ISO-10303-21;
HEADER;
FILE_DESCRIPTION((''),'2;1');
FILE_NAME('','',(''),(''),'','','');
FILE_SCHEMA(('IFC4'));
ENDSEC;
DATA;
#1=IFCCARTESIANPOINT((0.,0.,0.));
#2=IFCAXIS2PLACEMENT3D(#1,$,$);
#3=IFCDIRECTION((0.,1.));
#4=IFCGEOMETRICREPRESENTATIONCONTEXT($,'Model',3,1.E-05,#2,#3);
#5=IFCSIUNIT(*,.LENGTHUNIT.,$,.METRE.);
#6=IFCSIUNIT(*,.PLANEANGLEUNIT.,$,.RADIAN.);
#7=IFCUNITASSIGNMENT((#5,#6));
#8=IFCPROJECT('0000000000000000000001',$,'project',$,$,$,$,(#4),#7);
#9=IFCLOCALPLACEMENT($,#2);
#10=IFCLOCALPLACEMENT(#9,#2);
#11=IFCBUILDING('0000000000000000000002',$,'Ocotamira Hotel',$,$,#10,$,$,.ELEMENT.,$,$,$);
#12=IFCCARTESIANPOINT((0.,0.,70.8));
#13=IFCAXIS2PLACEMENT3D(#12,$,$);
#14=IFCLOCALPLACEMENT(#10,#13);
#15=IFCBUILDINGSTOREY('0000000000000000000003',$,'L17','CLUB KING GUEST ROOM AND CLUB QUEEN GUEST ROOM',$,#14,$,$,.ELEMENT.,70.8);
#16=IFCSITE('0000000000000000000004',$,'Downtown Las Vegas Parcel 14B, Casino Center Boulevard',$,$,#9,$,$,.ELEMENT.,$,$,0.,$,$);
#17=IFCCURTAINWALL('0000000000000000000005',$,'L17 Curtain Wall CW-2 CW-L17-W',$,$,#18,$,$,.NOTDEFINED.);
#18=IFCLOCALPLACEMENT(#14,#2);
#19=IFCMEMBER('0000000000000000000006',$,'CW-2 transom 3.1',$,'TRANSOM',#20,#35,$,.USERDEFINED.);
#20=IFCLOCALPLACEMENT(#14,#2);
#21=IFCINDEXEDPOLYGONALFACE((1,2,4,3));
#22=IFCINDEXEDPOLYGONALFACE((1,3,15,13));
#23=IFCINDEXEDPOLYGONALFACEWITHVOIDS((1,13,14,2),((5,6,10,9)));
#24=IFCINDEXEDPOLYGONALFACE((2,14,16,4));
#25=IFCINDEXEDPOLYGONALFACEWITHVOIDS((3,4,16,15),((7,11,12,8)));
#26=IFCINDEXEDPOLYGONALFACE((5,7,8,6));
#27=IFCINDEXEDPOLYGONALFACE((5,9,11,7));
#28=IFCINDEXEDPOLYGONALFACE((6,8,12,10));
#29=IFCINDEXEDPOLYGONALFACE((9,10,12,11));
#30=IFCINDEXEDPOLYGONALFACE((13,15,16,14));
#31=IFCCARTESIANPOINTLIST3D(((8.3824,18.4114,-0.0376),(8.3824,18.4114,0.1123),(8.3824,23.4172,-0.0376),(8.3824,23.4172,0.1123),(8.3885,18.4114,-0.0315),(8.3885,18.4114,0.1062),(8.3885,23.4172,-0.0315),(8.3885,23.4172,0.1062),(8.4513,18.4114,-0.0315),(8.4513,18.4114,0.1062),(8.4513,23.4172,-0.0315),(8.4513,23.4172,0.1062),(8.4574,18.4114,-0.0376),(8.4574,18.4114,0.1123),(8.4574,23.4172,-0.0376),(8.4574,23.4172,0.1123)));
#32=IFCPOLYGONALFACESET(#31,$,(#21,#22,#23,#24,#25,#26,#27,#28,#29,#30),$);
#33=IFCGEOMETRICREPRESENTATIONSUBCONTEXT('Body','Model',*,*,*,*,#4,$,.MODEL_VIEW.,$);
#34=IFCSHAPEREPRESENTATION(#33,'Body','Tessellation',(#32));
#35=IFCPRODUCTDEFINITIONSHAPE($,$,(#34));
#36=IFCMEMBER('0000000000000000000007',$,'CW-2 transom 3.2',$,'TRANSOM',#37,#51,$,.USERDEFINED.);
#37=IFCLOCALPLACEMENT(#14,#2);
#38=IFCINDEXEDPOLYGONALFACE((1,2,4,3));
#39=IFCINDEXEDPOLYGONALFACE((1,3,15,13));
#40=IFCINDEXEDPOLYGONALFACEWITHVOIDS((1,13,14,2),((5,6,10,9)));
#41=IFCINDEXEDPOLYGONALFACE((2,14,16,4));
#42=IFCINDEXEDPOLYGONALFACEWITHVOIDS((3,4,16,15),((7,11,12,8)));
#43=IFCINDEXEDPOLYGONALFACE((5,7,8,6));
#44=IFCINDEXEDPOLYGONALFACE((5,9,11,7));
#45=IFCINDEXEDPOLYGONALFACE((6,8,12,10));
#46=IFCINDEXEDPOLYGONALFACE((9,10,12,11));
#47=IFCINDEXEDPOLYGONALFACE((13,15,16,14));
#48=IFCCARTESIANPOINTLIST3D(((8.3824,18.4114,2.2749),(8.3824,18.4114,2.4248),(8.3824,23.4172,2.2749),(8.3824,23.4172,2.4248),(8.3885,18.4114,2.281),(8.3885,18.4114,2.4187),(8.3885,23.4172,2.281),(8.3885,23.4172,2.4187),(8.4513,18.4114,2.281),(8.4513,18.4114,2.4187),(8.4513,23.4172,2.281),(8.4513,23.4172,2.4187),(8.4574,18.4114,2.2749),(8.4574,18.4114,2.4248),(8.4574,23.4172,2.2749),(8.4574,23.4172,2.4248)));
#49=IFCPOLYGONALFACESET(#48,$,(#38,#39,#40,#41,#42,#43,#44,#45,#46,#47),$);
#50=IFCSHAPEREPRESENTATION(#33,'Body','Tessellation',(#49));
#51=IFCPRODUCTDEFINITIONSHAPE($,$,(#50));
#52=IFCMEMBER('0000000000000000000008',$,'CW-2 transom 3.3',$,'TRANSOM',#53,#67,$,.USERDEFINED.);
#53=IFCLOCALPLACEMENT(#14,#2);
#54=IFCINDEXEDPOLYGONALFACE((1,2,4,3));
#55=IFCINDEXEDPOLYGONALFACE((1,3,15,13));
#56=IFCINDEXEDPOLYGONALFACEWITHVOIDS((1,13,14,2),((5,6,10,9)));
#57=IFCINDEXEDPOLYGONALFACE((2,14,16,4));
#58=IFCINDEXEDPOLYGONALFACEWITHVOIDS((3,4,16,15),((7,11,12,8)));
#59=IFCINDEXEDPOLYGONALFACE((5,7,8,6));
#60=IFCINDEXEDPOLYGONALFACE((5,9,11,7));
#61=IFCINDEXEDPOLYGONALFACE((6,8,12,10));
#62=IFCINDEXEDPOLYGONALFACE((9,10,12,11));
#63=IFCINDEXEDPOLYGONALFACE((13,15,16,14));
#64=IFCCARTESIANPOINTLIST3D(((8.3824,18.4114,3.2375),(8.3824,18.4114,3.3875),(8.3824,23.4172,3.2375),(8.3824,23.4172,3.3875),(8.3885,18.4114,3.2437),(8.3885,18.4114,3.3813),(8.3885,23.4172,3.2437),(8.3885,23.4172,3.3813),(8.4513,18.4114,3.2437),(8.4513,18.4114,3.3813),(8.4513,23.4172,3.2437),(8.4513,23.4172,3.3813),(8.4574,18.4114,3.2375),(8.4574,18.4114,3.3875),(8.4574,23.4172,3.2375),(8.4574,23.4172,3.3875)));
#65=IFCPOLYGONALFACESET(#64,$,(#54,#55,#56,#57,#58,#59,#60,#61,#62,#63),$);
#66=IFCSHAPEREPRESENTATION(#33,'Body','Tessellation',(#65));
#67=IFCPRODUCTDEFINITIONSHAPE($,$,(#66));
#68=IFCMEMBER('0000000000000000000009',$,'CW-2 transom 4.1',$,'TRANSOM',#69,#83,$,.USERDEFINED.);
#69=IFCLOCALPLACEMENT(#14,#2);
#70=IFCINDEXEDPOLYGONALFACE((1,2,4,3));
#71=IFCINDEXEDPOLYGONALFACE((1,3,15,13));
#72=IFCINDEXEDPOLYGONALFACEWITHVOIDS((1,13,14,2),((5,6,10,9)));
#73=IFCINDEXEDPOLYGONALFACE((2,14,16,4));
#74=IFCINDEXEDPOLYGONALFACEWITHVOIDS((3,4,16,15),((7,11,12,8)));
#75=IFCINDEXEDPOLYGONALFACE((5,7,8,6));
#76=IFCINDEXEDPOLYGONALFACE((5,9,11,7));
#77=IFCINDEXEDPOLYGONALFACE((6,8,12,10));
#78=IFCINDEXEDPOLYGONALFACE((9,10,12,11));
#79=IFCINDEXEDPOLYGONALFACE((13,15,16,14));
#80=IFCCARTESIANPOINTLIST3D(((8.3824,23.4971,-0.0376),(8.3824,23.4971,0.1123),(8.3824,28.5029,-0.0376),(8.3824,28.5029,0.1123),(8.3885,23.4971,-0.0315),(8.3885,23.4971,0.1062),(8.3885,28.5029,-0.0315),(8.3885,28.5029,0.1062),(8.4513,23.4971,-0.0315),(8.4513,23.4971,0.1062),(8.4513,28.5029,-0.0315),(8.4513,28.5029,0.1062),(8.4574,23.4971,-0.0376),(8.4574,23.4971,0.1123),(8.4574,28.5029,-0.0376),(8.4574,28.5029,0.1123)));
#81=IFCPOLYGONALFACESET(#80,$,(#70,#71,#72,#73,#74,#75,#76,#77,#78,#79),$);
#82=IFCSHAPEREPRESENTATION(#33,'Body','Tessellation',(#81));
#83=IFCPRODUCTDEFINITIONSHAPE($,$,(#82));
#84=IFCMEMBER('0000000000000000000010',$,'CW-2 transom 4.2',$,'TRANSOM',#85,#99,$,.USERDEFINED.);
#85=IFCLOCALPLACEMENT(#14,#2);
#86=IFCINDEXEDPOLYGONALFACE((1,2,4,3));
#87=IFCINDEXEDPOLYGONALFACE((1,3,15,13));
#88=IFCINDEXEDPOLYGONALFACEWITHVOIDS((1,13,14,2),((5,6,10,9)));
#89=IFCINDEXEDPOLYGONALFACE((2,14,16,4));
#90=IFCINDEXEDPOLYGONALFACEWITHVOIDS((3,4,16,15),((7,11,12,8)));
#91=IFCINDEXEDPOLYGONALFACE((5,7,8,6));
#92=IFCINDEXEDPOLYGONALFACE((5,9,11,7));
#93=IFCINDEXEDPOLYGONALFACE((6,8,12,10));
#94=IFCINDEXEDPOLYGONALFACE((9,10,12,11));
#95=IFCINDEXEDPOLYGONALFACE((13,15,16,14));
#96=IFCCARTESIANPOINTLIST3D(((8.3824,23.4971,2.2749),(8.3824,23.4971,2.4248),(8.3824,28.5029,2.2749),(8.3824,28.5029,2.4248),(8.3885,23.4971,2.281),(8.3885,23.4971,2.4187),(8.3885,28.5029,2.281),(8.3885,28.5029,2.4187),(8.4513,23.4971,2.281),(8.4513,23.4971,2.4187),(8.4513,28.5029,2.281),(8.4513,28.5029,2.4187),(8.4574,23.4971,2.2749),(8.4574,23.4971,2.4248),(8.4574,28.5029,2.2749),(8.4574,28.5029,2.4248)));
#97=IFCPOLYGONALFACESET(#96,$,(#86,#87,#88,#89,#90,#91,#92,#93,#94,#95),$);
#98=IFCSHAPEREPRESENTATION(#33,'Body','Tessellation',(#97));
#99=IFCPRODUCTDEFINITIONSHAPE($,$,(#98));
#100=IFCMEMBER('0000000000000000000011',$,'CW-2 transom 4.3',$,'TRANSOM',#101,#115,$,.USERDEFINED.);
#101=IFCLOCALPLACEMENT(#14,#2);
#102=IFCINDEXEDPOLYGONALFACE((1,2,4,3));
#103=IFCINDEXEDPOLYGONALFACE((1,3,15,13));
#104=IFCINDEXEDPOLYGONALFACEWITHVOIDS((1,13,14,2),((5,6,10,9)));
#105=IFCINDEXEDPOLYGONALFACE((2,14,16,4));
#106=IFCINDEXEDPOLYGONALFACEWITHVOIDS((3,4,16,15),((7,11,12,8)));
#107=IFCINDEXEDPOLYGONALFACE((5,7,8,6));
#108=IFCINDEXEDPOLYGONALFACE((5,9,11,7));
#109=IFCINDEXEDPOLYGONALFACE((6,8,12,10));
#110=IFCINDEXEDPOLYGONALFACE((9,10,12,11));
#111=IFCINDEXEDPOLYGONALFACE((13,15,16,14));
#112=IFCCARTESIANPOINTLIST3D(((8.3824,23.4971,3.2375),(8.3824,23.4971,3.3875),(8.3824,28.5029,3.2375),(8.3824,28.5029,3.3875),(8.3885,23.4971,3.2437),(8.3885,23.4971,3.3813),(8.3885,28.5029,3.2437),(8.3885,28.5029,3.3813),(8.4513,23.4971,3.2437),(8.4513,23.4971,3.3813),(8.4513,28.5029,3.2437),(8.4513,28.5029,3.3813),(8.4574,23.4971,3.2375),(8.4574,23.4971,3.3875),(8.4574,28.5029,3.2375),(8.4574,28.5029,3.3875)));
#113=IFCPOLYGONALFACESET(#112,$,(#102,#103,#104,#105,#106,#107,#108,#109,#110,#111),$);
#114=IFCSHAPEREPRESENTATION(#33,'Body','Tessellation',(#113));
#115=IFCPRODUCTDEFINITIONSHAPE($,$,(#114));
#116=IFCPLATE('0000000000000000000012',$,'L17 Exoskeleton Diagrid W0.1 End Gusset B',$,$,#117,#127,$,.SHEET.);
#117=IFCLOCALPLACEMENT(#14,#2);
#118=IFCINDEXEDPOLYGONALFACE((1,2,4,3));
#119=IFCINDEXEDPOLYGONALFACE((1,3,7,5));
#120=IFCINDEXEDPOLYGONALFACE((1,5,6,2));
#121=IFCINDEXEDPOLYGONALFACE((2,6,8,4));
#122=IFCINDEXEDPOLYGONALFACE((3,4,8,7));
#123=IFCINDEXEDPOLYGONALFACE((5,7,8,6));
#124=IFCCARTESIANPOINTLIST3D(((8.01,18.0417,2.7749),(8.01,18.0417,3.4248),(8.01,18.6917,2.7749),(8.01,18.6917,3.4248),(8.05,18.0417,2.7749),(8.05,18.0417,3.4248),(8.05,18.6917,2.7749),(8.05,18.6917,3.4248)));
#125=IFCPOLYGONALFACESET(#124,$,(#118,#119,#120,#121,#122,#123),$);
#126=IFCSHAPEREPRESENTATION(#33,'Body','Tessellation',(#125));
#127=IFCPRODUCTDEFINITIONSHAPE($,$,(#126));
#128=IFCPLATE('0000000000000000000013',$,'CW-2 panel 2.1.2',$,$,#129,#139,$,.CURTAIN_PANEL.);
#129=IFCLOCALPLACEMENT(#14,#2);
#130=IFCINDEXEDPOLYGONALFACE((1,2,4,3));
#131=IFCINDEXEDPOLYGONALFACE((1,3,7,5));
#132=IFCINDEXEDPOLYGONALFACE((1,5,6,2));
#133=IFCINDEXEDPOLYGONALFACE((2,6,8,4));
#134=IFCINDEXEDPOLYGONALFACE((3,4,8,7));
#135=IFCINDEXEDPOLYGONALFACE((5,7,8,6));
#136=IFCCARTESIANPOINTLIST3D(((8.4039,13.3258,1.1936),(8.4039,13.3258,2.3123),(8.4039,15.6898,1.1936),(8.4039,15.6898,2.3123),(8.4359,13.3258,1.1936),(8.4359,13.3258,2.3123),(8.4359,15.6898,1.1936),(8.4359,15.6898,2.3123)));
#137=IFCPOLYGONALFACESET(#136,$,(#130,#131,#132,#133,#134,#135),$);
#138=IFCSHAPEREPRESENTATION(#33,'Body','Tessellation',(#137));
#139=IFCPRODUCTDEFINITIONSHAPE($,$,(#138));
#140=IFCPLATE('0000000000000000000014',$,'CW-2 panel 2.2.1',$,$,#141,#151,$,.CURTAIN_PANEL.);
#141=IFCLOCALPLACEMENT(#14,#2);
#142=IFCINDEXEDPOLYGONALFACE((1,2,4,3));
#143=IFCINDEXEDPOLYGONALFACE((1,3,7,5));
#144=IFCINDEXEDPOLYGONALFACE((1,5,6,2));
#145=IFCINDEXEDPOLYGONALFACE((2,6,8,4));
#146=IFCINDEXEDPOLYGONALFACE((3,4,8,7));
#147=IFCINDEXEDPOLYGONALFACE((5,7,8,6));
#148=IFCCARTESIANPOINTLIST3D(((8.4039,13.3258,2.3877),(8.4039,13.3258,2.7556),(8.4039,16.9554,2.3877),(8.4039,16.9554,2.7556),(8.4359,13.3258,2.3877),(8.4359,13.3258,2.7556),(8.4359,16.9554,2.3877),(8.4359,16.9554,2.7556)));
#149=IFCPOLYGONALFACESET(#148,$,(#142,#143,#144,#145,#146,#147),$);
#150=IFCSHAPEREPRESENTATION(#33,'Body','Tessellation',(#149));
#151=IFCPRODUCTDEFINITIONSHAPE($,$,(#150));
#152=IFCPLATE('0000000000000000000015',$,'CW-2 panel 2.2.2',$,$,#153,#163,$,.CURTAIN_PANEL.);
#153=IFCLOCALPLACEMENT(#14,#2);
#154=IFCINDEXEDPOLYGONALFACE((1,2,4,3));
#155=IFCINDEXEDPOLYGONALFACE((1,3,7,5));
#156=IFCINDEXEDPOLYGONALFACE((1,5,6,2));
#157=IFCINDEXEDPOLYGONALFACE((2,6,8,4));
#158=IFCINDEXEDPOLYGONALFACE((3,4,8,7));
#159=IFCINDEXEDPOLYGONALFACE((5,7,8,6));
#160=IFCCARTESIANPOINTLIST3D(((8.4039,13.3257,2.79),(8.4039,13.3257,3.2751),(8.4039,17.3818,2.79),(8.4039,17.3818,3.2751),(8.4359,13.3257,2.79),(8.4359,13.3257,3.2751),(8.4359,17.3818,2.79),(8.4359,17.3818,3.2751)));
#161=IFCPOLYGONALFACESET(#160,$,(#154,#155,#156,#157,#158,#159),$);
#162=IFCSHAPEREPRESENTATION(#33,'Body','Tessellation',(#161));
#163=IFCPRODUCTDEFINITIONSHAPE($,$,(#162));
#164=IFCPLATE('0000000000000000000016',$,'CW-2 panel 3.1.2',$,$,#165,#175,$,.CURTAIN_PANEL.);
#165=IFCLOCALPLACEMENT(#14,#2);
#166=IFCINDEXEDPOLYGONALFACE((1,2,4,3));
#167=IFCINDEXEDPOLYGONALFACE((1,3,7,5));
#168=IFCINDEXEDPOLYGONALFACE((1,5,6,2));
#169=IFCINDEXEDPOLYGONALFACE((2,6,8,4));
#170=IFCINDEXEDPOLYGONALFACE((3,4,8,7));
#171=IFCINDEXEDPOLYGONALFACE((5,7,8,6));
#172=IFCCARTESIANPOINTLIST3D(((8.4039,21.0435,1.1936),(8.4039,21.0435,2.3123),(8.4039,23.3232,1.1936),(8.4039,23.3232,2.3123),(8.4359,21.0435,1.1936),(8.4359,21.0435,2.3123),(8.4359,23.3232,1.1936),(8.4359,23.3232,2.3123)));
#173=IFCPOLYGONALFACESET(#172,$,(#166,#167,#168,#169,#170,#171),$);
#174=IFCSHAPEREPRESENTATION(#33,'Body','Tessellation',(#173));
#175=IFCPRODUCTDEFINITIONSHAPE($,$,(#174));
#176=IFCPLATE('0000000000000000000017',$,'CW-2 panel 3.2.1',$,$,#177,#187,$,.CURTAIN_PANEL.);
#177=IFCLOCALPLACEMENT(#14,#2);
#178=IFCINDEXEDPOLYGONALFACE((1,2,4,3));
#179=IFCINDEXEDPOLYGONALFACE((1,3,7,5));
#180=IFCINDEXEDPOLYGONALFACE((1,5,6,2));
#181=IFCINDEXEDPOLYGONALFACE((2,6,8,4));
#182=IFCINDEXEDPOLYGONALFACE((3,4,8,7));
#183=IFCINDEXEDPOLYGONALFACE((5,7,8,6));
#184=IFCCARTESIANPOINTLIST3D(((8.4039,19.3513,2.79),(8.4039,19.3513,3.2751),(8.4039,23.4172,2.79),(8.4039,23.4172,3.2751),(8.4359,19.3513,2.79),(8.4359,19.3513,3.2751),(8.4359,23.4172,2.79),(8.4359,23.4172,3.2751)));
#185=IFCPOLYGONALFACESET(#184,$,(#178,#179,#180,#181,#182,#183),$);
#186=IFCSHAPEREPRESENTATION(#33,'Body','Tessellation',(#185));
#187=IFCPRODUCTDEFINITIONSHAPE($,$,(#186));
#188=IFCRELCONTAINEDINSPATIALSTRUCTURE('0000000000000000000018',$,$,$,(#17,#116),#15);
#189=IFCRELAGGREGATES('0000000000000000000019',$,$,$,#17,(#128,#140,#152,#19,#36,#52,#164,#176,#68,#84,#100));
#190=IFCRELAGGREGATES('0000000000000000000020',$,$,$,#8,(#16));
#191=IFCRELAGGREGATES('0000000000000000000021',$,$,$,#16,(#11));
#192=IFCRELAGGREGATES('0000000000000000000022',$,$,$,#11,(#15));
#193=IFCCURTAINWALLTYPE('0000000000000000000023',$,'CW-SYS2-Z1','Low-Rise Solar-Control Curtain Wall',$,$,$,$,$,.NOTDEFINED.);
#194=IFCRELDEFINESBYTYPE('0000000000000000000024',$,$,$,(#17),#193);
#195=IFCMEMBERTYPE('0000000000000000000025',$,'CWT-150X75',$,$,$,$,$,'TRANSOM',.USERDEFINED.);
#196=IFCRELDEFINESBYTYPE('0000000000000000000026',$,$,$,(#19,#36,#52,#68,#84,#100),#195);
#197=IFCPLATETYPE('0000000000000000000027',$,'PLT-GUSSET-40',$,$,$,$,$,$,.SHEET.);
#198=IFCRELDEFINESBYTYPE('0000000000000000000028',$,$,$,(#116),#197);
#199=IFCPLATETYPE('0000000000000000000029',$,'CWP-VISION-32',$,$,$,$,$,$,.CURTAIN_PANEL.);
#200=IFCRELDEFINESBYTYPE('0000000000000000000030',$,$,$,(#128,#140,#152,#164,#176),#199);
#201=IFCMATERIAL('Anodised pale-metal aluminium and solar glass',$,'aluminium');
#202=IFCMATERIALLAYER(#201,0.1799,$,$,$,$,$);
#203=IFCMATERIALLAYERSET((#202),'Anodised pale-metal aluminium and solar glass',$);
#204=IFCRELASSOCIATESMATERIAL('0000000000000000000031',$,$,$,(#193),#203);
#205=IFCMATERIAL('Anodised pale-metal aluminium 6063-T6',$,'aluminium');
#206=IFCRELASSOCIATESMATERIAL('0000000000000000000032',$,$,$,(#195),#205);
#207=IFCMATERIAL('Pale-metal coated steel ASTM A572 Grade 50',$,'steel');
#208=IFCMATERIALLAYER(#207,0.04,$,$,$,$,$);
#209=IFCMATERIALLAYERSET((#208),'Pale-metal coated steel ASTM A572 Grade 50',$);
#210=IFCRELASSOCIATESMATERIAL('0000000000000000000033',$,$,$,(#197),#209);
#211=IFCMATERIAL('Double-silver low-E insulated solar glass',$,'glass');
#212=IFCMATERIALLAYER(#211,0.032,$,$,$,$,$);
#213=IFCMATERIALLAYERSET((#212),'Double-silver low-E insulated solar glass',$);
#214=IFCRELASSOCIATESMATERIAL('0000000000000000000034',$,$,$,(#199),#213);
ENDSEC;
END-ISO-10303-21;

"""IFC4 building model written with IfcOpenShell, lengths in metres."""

from ifc_helpers import new_model, si_unit, direction, frame, origin, origin_2d, place, context, subcontext, project, spatial, rectangle, hollow_rectangle, extrude, source, transform, mapped, material, layer, layer_set, material_profile, profile_set, type_object, element, aggregate, save


model = new_model("IFC4")

# Units and contexts
model_context = context("Model", 3, precision=1e-05, world=origin(), true_north=direction((0.0, 1.0)))
body_context = subcontext(model_context, "Body", "Model", "MODEL_VIEW")
ifc_project = project(units=[si_unit("LENGTHUNIT", "METRE"), si_unit("PLANEANGLEUNIT", "RADIAN")], contexts=[model_context])

# Site, building, storey
site_placement = place(None, origin())
site = spatial("IfcSite", under=ifc_project, at=site_placement, Name="Downtown Las Vegas Parcel 14B, Casino Center Boulevard", CompositionType="ELEMENT", RefElevation=0.0)
building_placement = place(site_placement, origin())
building = spatial("IfcBuilding", under=site, at=building_placement, Name="Ocotamira Hotel", CompositionType="ELEMENT")
storey_placement = place(building_placement, frame((0.0, 0.0, 70.8)))
storey = spatial("IfcBuildingStorey", under=building, at=storey_placement, Name="L17", Description="CLUB KING GUEST ROOM AND CLUB QUEEN GUEST ROOM", CompositionType="ELEMENT", Elevation=70.8)

# Curtain wall, members
ifc_material_1 = material(Name="Anodised pale-metal aluminium and solar glass", Category="aluminium")
ifc_layer_1 = layer(ifc_material_1, 0.1799)
ifc_layer_set_1 = layer_set([ifc_layer_1], Name="Anodised pale-metal aluminium and solar glass")
curtain_wall_type = type_object("IfcCurtainWallType", Name="CW-SYS2-Z1", Description="Low-Rise Solar-Control Curtain Wall", PredefinedType="NOTDEFINED", material=ifc_layer_set_1)
curtain_wall_placement = place(storey_placement, origin())
curtain_wall = element("IfcCurtainWall", 1, at=curtain_wall_placement, inside=storey, type_object=curtain_wall_type, Name="L17 Curtain Wall CW-2 CW-L17-W", PredefinedType="NOTDEFINED")
ifc_material_2 = material(Name="Anodised pale-metal aluminium 6063-T6", Category="aluminium")
ifc_material_profile_1 = material_profile(ifc_material_2, hollow_rectangle(XDim=0.075, YDim=0.1499, WallThickness=0.0061, at=origin_2d()), Name="HSS150X75X6")
ifc_profile_set_1 = profile_set([ifc_material_profile_1], Name="Anodised pale-metal aluminium 6063-T6")
member_type_1 = type_object("IfcMemberType", Name="CWT-150X75", ElementType="TRANSOM", PredefinedType="USERDEFINED", material=ifc_profile_set_1)
shared_shape_1 = source(origin(), body_context, "Body", "SweptSolid", [
    extrude(hollow_rectangle(XDim=0.075, YDim=0.1499, WallThickness=0.0061, at=origin_2d()), origin(), (0.0, 0.0, 1.0), 5.0059),
])
member_1_placement = place(storey_placement, frame((8.4199, 18.4114, 0.0374), z_axis=(0.0, 1.0, 0.0), x_axis=(-1.0, 0.0, 0.0)))
member_1 = element("IfcMember", 2, at=member_1_placement, type_object=member_type_1, Name="CW-2 transom 3.1", ObjectType="TRANSOM", PredefinedType="USERDEFINED", context=body_context, shape_type="MappedRepresentation", body=[
    mapped(shared_shape_1, transform((0.0, 0.0, 0.0), scale=1.0)),
])
member_2_placement = place(storey_placement, frame((8.4199, 18.4114, 2.3499), z_axis=(0.0, 1.0, 0.0), x_axis=(-1.0, 0.0, 0.0)))
member_2 = element("IfcMember", 3, at=member_2_placement, type_object=member_type_1, Name="CW-2 transom 3.2", ObjectType="TRANSOM", PredefinedType="USERDEFINED", context=body_context, shape_type="MappedRepresentation", body=[
    mapped(shared_shape_1, transform((0.0, 0.0, 0.0), scale=1.0)),
])
member_3_placement = place(storey_placement, frame((8.4199, 18.4114, 3.3125), z_axis=(0.0, 1.0, 0.0), x_axis=(-1.0, 0.0, 0.0)))
member_3 = element("IfcMember", 4, at=member_3_placement, type_object=member_type_1, Name="CW-2 transom 3.3", ObjectType="TRANSOM", PredefinedType="USERDEFINED", context=body_context, shape_type="MappedRepresentation", body=[
    mapped(shared_shape_1, transform((0.0, 0.0, 0.0), scale=1.0)),
])
member_4_placement = place(storey_placement, frame((8.4199, 23.4971, 0.0374), z_axis=(0.0, 1.0, 0.0), x_axis=(-1.0, 0.0, 0.0)))
member_4 = element("IfcMember", 5, at=member_4_placement, type_object=member_type_1, Name="CW-2 transom 4.1", ObjectType="TRANSOM", PredefinedType="USERDEFINED", context=body_context, shape_type="MappedRepresentation", body=[
    mapped(shared_shape_1, transform((0.0, 0.0, 0.0), scale=1.0)),
])
member_5_placement = place(storey_placement, frame((8.4199, 23.4971, 2.3499), z_axis=(0.0, 1.0, 0.0), x_axis=(-1.0, 0.0, 0.0)))
member_5 = element("IfcMember", 6, at=member_5_placement, type_object=member_type_1, Name="CW-2 transom 4.2", ObjectType="TRANSOM", PredefinedType="USERDEFINED", context=body_context, shape_type="MappedRepresentation", body=[
    mapped(shared_shape_1, transform((0.0, 0.0, 0.0), scale=1.0)),
])
member_6_placement = place(storey_placement, frame((8.4199, 23.4971, 3.3125), z_axis=(0.0, 1.0, 0.0), x_axis=(-1.0, 0.0, 0.0)))
member_6 = element("IfcMember", 7, at=member_6_placement, type_object=member_type_1, Name="CW-2 transom 4.3", ObjectType="TRANSOM", PredefinedType="USERDEFINED", context=body_context, shape_type="MappedRepresentation", body=[
    mapped(shared_shape_1, transform((0.0, 0.0, 0.0), scale=1.0)),
])

# Plates
ifc_material_3 = material(Name="Pale-metal coated steel ASTM A572 Grade 50", Category="steel")
ifc_layer_2 = layer(ifc_material_3, 0.04)
ifc_layer_set_2 = layer_set([ifc_layer_2], Name="Pale-metal coated steel ASTM A572 Grade 50")
plate_type_1 = type_object("IfcPlateType", Name="PLT-GUSSET-40", PredefinedType="SHEET", material=ifc_layer_set_2)
shared_shape_2 = source(origin(), body_context, "Body", "SweptSolid", [
    extrude(rectangle(XDim=0.04, YDim=0.6499, at=origin_2d()), origin(), (0.0, 0.0, 1.0), 0.6499),
])
plate_1_placement = place(storey_placement, frame((8.03, 18.3667, 2.7749), z_axis=(0.0, 0.0, 1.0), x_axis=(1.0, 0.0, 0.0)))
element("IfcPlate", 8, at=plate_1_placement, inside=storey, type_object=plate_type_1, Name="L17 Exoskeleton Diagrid W0.1 End Gusset B", PredefinedType="SHEET", context=body_context, shape_type="MappedRepresentation", body=[
    mapped(shared_shape_2, transform((0.0, 0.0, 0.0), scale=1.0)),
])
ifc_material_4 = material(Name="Double-silver low-E insulated solar glass", Category="glass")
ifc_layer_3 = layer(ifc_material_4, 0.032)
ifc_layer_set_3 = layer_set([ifc_layer_3], Name="Double-silver low-E insulated solar glass")
plate_type_2 = type_object("IfcPlateType", Name="CWP-VISION-32", PredefinedType="CURTAIN_PANEL", material=ifc_layer_set_3)
shared_shape_3 = source(origin(), body_context, "Body", "SweptSolid", [
    extrude(rectangle(XDim=2.364, YDim=0.032, at=origin_2d()), origin(), (0.0, 0.0, 1.0), 1.1187),
])
plate_2_placement = place(storey_placement, frame((8.4199, 14.5078, 1.1936), z_axis=(0.0, 0.0, 1.0), x_axis=(0.0, 1.0, 0.0)))
plate_2 = element("IfcPlate", 9, at=plate_2_placement, type_object=plate_type_2, Name="CW-2 panel 2.1.2", PredefinedType="CURTAIN_PANEL", context=body_context, shape_type="MappedRepresentation", body=[
    mapped(shared_shape_3, transform((0.0, 0.0, 0.0), scale=1.0)),
])
shared_shape_4 = source(origin(), body_context, "Body", "SweptSolid", [
    extrude(rectangle(XDim=3.6296, YDim=0.032, at=origin_2d()), origin(), (0.0, 0.0, 1.0), 0.3679),
])
plate_3_placement = place(storey_placement, frame((8.4199, 15.1406, 2.3877), z_axis=(0.0, 0.0, 1.0), x_axis=(0.0, 1.0, 0.0)))
plate_3 = element("IfcPlate", 10, at=plate_3_placement, type_object=plate_type_2, Name="CW-2 panel 2.2.1", PredefinedType="CURTAIN_PANEL", context=body_context, shape_type="MappedRepresentation", body=[
    mapped(shared_shape_4, transform((0.0, 0.0, 0.0), scale=1.0)),
])
shared_shape_5 = source(origin(), body_context, "Body", "SweptSolid", [
    extrude(rectangle(XDim=4.0562, YDim=0.032, at=origin_2d()), origin(), (0.0, 0.0, 1.0), 0.4851),
])
plate_4_placement = place(storey_placement, frame((8.4199, 15.3538, 2.79), z_axis=(0.0, 0.0, 1.0), x_axis=(0.0, 1.0, 0.0)))
plate_4 = element("IfcPlate", 11, at=plate_4_placement, type_object=plate_type_2, Name="CW-2 panel 2.2.2", PredefinedType="CURTAIN_PANEL", context=body_context, shape_type="MappedRepresentation", body=[
    mapped(shared_shape_5, transform((0.0, 0.0, 0.0), scale=1.0)),
])
shared_shape_6 = source(origin(), body_context, "Body", "SweptSolid", [
    extrude(rectangle(XDim=2.2798, YDim=0.032, at=origin_2d()), origin(), (0.0, 0.0, 1.0), 1.1187),
])
plate_5_placement = place(storey_placement, frame((8.4199, 22.1833, 1.1936), z_axis=(0.0, 0.0, 1.0), x_axis=(0.0, 1.0, 0.0)))
plate_5 = element("IfcPlate", 12, at=plate_5_placement, type_object=plate_type_2, Name="CW-2 panel 3.1.2", PredefinedType="CURTAIN_PANEL", context=body_context, shape_type="MappedRepresentation", body=[
    mapped(shared_shape_6, transform((0.0, 0.0, 0.0), scale=1.0)),
])
shared_shape_7 = source(origin(), body_context, "Body", "SweptSolid", [
    extrude(rectangle(XDim=4.0659, YDim=0.032, at=origin_2d()), origin(), (0.0, 0.0, 1.0), 0.4851),
])
plate_6_placement = place(storey_placement, frame((8.4199, 21.3843, 2.79), z_axis=(0.0, 0.0, 1.0), x_axis=(0.0, 1.0, 0.0)))
plate_6 = element("IfcPlate", 13, at=plate_6_placement, type_object=plate_type_2, Name="CW-2 panel 3.2.1", PredefinedType="CURTAIN_PANEL", context=body_context, shape_type="MappedRepresentation", body=[
    mapped(shared_shape_7, transform((0.0, 0.0, 0.0), scale=1.0)),
])
aggregate(curtain_wall, [plate_2, plate_3, plate_4, member_1, member_2, member_3, plate_5, plate_6, member_4, member_5, member_6])

save(model, "model.ifc")
